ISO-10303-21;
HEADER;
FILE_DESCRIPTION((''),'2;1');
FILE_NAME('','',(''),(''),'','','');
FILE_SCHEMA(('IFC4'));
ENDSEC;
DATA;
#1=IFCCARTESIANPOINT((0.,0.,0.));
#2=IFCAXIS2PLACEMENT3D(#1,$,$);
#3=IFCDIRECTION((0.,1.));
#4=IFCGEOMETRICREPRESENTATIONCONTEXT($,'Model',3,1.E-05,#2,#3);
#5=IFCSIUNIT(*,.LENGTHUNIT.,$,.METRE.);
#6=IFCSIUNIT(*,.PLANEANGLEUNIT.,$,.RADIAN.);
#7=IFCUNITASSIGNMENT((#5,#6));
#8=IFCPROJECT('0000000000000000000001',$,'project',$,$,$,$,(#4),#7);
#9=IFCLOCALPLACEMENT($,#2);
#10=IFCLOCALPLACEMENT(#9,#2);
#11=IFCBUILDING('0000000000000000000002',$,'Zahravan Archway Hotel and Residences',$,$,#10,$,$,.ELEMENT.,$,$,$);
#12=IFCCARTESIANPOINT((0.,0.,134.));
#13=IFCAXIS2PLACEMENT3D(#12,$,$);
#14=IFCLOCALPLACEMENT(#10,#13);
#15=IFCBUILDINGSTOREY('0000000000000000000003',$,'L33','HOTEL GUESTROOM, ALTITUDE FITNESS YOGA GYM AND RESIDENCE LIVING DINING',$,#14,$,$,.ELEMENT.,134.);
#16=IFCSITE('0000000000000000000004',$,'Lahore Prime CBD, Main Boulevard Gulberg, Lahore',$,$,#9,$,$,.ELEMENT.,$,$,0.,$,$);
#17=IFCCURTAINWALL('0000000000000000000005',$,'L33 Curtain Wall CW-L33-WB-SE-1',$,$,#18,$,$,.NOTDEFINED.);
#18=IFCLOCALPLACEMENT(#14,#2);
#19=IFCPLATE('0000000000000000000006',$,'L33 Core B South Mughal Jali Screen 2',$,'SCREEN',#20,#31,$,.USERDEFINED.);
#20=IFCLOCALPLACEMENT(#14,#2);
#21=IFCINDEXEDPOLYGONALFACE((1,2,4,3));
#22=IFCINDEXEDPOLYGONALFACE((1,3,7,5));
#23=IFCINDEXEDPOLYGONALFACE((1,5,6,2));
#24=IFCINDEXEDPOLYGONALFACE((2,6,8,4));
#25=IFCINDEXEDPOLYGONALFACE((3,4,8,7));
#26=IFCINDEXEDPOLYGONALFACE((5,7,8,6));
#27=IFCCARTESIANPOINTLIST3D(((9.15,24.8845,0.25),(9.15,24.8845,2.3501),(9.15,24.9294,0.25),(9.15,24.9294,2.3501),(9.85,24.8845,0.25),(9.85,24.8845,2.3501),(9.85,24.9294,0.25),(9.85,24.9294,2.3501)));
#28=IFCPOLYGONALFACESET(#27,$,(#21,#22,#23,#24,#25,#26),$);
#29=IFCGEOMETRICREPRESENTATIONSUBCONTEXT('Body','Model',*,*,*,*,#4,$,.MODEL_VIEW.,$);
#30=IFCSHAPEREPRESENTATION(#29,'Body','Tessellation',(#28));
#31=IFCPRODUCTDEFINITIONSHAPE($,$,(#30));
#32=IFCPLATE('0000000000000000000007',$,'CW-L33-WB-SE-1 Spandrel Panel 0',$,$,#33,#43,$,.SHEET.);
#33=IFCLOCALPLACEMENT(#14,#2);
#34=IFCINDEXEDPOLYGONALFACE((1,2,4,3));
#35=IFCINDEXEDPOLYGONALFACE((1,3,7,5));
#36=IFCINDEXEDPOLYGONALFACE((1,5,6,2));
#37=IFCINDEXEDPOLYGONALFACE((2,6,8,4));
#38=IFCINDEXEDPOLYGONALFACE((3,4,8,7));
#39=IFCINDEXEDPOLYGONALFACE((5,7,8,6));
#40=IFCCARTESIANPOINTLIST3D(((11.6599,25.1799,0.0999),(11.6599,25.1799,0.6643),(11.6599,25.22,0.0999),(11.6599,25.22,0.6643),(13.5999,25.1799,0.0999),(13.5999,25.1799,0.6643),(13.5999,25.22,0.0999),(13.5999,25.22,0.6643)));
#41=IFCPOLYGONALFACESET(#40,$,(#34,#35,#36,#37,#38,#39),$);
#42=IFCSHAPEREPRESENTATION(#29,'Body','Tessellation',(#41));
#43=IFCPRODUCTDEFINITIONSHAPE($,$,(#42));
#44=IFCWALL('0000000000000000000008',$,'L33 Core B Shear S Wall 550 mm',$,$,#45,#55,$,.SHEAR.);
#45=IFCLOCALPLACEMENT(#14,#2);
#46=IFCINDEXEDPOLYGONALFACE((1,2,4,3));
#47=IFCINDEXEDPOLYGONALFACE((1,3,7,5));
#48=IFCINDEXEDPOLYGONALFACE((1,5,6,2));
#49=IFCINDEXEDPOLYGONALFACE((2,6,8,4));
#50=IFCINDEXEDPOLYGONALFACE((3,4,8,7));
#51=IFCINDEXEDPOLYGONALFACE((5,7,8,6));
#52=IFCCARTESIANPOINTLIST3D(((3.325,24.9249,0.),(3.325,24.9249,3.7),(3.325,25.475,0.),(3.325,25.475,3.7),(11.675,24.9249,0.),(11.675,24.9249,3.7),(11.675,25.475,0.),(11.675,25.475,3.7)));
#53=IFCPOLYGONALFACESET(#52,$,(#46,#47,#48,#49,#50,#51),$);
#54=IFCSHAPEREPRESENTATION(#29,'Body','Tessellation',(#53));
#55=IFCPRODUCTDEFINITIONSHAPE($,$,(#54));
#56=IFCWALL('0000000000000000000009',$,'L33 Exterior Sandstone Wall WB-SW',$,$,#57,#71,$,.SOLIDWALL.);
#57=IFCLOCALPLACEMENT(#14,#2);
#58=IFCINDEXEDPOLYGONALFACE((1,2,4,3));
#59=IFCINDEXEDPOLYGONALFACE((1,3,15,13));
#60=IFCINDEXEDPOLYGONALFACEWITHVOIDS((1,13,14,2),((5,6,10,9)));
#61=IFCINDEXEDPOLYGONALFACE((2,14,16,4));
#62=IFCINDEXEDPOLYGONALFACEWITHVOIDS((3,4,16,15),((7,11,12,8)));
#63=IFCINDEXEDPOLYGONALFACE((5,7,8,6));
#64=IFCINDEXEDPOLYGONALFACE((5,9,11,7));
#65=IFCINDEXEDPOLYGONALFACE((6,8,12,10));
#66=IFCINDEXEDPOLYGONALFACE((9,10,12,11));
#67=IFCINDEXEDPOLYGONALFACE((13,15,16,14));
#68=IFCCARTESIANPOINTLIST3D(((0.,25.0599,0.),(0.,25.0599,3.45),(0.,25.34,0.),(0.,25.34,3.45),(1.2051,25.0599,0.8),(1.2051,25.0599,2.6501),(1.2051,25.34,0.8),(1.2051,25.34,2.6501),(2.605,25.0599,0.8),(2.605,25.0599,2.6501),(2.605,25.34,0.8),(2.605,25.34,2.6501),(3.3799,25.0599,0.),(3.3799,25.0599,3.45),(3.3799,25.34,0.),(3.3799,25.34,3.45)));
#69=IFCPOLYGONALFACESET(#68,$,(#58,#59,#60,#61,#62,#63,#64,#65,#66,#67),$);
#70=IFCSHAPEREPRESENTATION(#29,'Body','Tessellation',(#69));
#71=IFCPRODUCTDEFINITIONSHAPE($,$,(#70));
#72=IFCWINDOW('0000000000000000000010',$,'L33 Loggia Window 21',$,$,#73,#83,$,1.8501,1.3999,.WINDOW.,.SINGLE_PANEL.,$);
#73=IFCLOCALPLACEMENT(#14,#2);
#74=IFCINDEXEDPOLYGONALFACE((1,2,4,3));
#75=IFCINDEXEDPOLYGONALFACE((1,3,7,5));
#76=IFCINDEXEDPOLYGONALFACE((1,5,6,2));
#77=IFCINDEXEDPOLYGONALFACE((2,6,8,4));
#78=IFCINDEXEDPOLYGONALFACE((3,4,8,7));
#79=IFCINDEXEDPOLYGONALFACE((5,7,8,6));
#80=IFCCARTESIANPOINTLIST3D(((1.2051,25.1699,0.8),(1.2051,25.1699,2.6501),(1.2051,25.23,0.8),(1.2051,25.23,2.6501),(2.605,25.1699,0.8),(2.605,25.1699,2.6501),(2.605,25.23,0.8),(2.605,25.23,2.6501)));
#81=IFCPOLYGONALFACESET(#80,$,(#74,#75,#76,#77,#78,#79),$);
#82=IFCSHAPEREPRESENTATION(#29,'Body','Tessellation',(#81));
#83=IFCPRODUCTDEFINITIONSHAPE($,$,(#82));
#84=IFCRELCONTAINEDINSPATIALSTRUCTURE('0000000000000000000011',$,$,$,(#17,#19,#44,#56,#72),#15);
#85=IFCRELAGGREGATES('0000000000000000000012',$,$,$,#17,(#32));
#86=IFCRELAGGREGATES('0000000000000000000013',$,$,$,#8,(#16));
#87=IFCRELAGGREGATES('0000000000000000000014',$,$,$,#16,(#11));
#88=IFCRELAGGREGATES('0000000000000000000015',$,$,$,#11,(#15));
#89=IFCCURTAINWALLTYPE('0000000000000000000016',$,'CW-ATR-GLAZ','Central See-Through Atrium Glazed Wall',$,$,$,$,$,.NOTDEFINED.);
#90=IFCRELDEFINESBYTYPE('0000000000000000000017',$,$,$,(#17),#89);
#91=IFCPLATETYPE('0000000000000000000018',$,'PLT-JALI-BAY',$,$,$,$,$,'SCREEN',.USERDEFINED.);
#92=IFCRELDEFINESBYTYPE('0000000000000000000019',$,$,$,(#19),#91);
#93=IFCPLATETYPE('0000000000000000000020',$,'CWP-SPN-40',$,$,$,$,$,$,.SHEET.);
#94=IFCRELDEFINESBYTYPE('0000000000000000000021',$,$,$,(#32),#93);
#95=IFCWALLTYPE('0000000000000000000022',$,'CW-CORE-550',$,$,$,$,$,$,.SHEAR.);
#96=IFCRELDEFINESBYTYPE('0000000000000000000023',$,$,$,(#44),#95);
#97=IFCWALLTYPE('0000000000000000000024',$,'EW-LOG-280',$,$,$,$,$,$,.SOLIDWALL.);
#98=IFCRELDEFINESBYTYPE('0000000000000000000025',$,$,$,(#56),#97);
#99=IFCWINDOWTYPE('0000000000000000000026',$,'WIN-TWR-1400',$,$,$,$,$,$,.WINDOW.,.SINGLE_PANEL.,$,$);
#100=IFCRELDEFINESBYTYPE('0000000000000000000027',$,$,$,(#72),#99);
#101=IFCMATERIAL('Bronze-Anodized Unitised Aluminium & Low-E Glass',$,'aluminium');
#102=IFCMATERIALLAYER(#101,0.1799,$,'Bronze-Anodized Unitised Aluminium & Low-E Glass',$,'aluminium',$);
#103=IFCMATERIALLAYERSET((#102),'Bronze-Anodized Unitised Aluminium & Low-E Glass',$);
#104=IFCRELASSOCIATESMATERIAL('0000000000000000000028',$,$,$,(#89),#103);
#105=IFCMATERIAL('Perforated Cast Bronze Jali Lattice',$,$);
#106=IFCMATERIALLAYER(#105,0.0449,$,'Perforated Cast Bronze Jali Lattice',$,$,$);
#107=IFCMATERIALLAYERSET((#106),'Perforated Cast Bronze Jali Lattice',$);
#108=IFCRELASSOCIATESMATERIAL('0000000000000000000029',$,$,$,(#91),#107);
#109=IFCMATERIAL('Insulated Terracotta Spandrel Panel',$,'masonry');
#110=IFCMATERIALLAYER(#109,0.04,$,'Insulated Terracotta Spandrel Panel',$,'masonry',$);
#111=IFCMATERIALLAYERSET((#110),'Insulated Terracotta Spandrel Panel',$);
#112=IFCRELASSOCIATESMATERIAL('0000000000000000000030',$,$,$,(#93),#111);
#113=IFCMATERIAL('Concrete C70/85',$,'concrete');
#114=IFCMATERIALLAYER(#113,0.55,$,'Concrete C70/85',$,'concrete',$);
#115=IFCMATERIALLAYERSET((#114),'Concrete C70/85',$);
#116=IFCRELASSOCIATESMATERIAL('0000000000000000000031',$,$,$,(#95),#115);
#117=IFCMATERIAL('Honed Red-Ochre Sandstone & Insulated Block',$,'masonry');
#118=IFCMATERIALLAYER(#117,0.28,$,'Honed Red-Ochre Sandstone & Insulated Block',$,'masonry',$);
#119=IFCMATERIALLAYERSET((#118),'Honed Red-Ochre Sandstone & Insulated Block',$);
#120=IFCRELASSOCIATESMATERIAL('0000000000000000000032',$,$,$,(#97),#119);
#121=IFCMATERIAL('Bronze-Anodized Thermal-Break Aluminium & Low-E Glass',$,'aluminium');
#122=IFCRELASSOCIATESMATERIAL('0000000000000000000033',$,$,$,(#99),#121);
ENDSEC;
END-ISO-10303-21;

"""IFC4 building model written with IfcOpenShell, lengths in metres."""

from ifc_helpers import new_model, si_unit, direction, frame, frame_2d, origin, origin_2d, place, context, subcontext, project, spatial, rectangle, extrude, source, transform, mapped, material, layer, layer_set, type_object, type_shapes, element, fill, aggregate, save


model = new_model("IFC4")

# Units and contexts
model_context = context("Model", 3, precision=1e-05, world=origin(), true_north=direction((0.0, 1.0)))
body_context = subcontext(model_context, "Body", "Model", "MODEL_VIEW")
ifc_project = project(units=[si_unit("LENGTHUNIT", "METRE"), si_unit("PLANEANGLEUNIT", "RADIAN")], contexts=[model_context])

# Site, building, storey
site_placement = place(None, origin())
site = spatial("IfcSite", under=ifc_project, at=site_placement, Name="Lahore Prime CBD, Main Boulevard Gulberg, Lahore", CompositionType="ELEMENT", RefElevation=0.0)
building_placement = place(site_placement, origin())
building = spatial("IfcBuilding", under=site, at=building_placement, Name="Zahravan Archway Hotel and Residences", CompositionType="ELEMENT")
storey_placement = place(building_placement, frame((0.0, 0.0, 134.0)))
storey = spatial("IfcBuildingStorey", under=building, at=storey_placement, Name="L33", Description="HOTEL GUESTROOM, ALTITUDE FITNESS YOGA GYM AND RESIDENCE LIVING DINING", CompositionType="ELEMENT", Elevation=134.0)

# Curtain wall
ifc_material_1 = material(Name="Bronze-Anodized Unitised Aluminium & Low-E Glass", Category="aluminium")
ifc_layer_1 = layer(ifc_material_1, 0.1799, Name="Bronze-Anodized Unitised Aluminium & Low-E Glass", Category="aluminium")
ifc_layer_set_1 = layer_set([ifc_layer_1], Name="Bronze-Anodized Unitised Aluminium & Low-E Glass")
curtain_wall_type = type_object("IfcCurtainWallType", Name="CW-ATR-GLAZ", Description="Central See-Through Atrium Glazed Wall", PredefinedType="NOTDEFINED", material=ifc_layer_set_1)
curtain_wall_placement = place(storey_placement, origin())
curtain_wall = element("IfcCurtainWall", 1, at=curtain_wall_placement, inside=storey, type_object=curtain_wall_type, Name="L33 Curtain Wall CW-L33-WB-SE-1", PredefinedType="NOTDEFINED")

# Plate
ifc_material_2 = material(Name="Perforated Cast Bronze Jali Lattice")
ifc_layer_2 = layer(ifc_material_2, 0.0449, Name="Perforated Cast Bronze Jali Lattice")
ifc_layer_set_2 = layer_set([ifc_layer_2], Name="Perforated Cast Bronze Jali Lattice")
plate_type_1 = type_object("IfcPlateType", Name="PLT-JALI-BAY", ElementType="SCREEN", PredefinedType="USERDEFINED", material=ifc_layer_set_2)
shared_shape_1 = source(origin(), body_context, "Body", "SweptSolid", [
    extrude(rectangle(XDim=0.7, YDim=0.0449, at=origin_2d()), origin(), (0.0, 0.0, 1.0), 2.1001),
])
type_shapes(plate_type_1, [shared_shape_1])
for number, where, z_axis, x_axis, name in (
    (2, (9.5, 24.907, 0.25), (0.0, 0.0, 1.0), (1.0, 0.0, 0.0), "L33 Core B South Mughal Jali Screen 2"),
):
    element("IfcPlate", number, at=place(storey_placement, frame(where, z_axis=z_axis, x_axis=x_axis)), inside=storey, type_object=plate_type_1, Name=name, ObjectType="SCREEN", PredefinedType="USERDEFINED", context=body_context, shape_type="MappedRepresentation", body=[
        mapped(shared_shape_1, transform((0.0, 0.0, 0.0), scale=1.0)),
    ])

# Plate
ifc_material_3 = material(Name="Insulated Terracotta Spandrel Panel", Category="masonry")
ifc_layer_3 = layer(ifc_material_3, 0.04, Name="Insulated Terracotta Spandrel Panel", Category="masonry")
ifc_layer_set_3 = layer_set([ifc_layer_3], Name="Insulated Terracotta Spandrel Panel")
plate_type_2 = type_object("IfcPlateType", Name="CWP-SPN-40", PredefinedType="SHEET", material=ifc_layer_set_3)
shared_shape_2 = source(origin(), body_context, "Body", "SweptSolid", [
    extrude(rectangle(XDim=1.9399, YDim=0.04, at=origin_2d()), origin(), (0.0, 0.0, 1.0), 0.5645),
])
plate_placement = place(storey_placement, frame((12.6299, 25.2, 0.0999), z_axis=(0.0, 0.0, 1.0), x_axis=(1.0, 0.0, 0.0)))
plate = element("IfcPlate", 3, at=plate_placement, type_object=plate_type_2, Name="CW-L33-WB-SE-1 Spandrel Panel 0", PredefinedType="SHEET", context=body_context, shape_type="MappedRepresentation", body=[
    mapped(shared_shape_2, transform((0.0, 0.0, 0.0), scale=1.0)),
])
aggregate(curtain_wall, [plate])

# Wall
ifc_material_4 = material(Name="Concrete C70/85", Category="concrete")
ifc_layer_4 = layer(ifc_material_4, 0.55, Name="Concrete C70/85", Category="concrete")
ifc_layer_set_4 = layer_set([ifc_layer_4], Name="Concrete C70/85")
wall_type_1 = type_object("IfcWallType", Name="CW-CORE-550", PredefinedType="SHEAR", material=ifc_layer_set_4)
wall_1_placement = place(storey_placement, frame((3.325, 25.2, 0.0), z_axis=(0.0, 0.0, 1.0), x_axis=(1.0, 0.0, 0.0)))
element("IfcWall", 4, at=wall_1_placement, inside=storey, type_object=wall_type_1, Name="L33 Core B Shear S Wall 550 mm", PredefinedType="SHEAR", context=body_context, shape_type="SweptSolid", body=[
    extrude(rectangle(XDim=8.3501, YDim=0.55, at=frame_2d((4.175, 0.0))), origin(), (0.0, 0.0, 1.0), 3.7),
])

# Wall, opening, window
ifc_material_5 = material(Name="Honed Red-Ochre Sandstone & Insulated Block", Category="masonry")
ifc_layer_5 = layer(ifc_material_5, 0.28, Name="Honed Red-Ochre Sandstone & Insulated Block", Category="masonry")
ifc_layer_set_5 = layer_set([ifc_layer_5], Name="Honed Red-Ochre Sandstone & Insulated Block")
wall_type_2 = type_object("IfcWallType", Name="EW-LOG-280", PredefinedType="SOLIDWALL", material=ifc_layer_set_5)
wall_2_placement = place(storey_placement, frame((0.0, 25.2, 0.0), z_axis=(0.0, 0.0, 1.0), x_axis=(1.0, 0.0, 0.0)))
wall_2 = element("IfcWall", 5, at=wall_2_placement, inside=storey, type_object=wall_type_2, Name="L33 Exterior Sandstone Wall WB-SW", PredefinedType="SOLIDWALL", context=body_context, shape_type="SweptSolid", body=[
    extrude(rectangle(XDim=3.3799, YDim=0.28, at=frame_2d((1.6899, 0.0))), origin(), (0.0, 0.0, 1.0), 3.45),
])
opening_1_placement = place(wall_2_placement, frame((1.2051, 0.0, 0.8)))
opening_1 = element("IfcOpeningElement", 6, at=opening_1_placement, cuts=wall_2, PredefinedType="OPENING", context=body_context, shape_type="SweptSolid", body=[
    extrude(rectangle(XDim=1.3999, YDim=1.8501, at=frame_2d((0.7, 0.925))), frame((0.0, 0.1499, 0.0), z_axis=(0.0, -1.0, 0.0), x_axis=(1.0, 0.0, 0.0)), (0.0, 0.0, 1.0), 0.3),
])
ifc_material_6 = material(Name="Bronze-Anodized Thermal-Break Aluminium & Low-E Glass", Category="aluminium")
window_type_1 = type_object("IfcWindowType", Name="WIN-TWR-1400", PartitioningType="SINGLE_PANEL", PredefinedType="WINDOW", material=ifc_material_6)
shared_shape_3 = source(origin(), body_context, "Body", "SweptSolid", [
    extrude(rectangle(XDim=1.3999, YDim=1.8501, at=frame_2d((0.7, 0.925))), frame((0.0, 0.03, 0.0), z_axis=(0.0, -1.0, 0.0), x_axis=(1.0, 0.0, 0.0)), (0.0, 0.0, 1.0), 0.0601),
])
type_shapes(window_type_1, [shared_shape_3])
window_1_placement = place(opening_1_placement, origin())
window_1 = element("IfcWindow", 7, at=window_1_placement, inside=storey, type_object=window_type_1, Name="L33 Loggia Window 21", OverallHeight=1.8501, OverallWidth=1.3999, PartitioningType="SINGLE_PANEL", PredefinedType="WINDOW", context=body_context, shape_type="MappedRepresentation", body=[
    mapped(shared_shape_3, transform((0.0, 0.0, 0.0), scale=1.0)),
])
fill(opening_1, window_1)

save(model, "model.ifc")
